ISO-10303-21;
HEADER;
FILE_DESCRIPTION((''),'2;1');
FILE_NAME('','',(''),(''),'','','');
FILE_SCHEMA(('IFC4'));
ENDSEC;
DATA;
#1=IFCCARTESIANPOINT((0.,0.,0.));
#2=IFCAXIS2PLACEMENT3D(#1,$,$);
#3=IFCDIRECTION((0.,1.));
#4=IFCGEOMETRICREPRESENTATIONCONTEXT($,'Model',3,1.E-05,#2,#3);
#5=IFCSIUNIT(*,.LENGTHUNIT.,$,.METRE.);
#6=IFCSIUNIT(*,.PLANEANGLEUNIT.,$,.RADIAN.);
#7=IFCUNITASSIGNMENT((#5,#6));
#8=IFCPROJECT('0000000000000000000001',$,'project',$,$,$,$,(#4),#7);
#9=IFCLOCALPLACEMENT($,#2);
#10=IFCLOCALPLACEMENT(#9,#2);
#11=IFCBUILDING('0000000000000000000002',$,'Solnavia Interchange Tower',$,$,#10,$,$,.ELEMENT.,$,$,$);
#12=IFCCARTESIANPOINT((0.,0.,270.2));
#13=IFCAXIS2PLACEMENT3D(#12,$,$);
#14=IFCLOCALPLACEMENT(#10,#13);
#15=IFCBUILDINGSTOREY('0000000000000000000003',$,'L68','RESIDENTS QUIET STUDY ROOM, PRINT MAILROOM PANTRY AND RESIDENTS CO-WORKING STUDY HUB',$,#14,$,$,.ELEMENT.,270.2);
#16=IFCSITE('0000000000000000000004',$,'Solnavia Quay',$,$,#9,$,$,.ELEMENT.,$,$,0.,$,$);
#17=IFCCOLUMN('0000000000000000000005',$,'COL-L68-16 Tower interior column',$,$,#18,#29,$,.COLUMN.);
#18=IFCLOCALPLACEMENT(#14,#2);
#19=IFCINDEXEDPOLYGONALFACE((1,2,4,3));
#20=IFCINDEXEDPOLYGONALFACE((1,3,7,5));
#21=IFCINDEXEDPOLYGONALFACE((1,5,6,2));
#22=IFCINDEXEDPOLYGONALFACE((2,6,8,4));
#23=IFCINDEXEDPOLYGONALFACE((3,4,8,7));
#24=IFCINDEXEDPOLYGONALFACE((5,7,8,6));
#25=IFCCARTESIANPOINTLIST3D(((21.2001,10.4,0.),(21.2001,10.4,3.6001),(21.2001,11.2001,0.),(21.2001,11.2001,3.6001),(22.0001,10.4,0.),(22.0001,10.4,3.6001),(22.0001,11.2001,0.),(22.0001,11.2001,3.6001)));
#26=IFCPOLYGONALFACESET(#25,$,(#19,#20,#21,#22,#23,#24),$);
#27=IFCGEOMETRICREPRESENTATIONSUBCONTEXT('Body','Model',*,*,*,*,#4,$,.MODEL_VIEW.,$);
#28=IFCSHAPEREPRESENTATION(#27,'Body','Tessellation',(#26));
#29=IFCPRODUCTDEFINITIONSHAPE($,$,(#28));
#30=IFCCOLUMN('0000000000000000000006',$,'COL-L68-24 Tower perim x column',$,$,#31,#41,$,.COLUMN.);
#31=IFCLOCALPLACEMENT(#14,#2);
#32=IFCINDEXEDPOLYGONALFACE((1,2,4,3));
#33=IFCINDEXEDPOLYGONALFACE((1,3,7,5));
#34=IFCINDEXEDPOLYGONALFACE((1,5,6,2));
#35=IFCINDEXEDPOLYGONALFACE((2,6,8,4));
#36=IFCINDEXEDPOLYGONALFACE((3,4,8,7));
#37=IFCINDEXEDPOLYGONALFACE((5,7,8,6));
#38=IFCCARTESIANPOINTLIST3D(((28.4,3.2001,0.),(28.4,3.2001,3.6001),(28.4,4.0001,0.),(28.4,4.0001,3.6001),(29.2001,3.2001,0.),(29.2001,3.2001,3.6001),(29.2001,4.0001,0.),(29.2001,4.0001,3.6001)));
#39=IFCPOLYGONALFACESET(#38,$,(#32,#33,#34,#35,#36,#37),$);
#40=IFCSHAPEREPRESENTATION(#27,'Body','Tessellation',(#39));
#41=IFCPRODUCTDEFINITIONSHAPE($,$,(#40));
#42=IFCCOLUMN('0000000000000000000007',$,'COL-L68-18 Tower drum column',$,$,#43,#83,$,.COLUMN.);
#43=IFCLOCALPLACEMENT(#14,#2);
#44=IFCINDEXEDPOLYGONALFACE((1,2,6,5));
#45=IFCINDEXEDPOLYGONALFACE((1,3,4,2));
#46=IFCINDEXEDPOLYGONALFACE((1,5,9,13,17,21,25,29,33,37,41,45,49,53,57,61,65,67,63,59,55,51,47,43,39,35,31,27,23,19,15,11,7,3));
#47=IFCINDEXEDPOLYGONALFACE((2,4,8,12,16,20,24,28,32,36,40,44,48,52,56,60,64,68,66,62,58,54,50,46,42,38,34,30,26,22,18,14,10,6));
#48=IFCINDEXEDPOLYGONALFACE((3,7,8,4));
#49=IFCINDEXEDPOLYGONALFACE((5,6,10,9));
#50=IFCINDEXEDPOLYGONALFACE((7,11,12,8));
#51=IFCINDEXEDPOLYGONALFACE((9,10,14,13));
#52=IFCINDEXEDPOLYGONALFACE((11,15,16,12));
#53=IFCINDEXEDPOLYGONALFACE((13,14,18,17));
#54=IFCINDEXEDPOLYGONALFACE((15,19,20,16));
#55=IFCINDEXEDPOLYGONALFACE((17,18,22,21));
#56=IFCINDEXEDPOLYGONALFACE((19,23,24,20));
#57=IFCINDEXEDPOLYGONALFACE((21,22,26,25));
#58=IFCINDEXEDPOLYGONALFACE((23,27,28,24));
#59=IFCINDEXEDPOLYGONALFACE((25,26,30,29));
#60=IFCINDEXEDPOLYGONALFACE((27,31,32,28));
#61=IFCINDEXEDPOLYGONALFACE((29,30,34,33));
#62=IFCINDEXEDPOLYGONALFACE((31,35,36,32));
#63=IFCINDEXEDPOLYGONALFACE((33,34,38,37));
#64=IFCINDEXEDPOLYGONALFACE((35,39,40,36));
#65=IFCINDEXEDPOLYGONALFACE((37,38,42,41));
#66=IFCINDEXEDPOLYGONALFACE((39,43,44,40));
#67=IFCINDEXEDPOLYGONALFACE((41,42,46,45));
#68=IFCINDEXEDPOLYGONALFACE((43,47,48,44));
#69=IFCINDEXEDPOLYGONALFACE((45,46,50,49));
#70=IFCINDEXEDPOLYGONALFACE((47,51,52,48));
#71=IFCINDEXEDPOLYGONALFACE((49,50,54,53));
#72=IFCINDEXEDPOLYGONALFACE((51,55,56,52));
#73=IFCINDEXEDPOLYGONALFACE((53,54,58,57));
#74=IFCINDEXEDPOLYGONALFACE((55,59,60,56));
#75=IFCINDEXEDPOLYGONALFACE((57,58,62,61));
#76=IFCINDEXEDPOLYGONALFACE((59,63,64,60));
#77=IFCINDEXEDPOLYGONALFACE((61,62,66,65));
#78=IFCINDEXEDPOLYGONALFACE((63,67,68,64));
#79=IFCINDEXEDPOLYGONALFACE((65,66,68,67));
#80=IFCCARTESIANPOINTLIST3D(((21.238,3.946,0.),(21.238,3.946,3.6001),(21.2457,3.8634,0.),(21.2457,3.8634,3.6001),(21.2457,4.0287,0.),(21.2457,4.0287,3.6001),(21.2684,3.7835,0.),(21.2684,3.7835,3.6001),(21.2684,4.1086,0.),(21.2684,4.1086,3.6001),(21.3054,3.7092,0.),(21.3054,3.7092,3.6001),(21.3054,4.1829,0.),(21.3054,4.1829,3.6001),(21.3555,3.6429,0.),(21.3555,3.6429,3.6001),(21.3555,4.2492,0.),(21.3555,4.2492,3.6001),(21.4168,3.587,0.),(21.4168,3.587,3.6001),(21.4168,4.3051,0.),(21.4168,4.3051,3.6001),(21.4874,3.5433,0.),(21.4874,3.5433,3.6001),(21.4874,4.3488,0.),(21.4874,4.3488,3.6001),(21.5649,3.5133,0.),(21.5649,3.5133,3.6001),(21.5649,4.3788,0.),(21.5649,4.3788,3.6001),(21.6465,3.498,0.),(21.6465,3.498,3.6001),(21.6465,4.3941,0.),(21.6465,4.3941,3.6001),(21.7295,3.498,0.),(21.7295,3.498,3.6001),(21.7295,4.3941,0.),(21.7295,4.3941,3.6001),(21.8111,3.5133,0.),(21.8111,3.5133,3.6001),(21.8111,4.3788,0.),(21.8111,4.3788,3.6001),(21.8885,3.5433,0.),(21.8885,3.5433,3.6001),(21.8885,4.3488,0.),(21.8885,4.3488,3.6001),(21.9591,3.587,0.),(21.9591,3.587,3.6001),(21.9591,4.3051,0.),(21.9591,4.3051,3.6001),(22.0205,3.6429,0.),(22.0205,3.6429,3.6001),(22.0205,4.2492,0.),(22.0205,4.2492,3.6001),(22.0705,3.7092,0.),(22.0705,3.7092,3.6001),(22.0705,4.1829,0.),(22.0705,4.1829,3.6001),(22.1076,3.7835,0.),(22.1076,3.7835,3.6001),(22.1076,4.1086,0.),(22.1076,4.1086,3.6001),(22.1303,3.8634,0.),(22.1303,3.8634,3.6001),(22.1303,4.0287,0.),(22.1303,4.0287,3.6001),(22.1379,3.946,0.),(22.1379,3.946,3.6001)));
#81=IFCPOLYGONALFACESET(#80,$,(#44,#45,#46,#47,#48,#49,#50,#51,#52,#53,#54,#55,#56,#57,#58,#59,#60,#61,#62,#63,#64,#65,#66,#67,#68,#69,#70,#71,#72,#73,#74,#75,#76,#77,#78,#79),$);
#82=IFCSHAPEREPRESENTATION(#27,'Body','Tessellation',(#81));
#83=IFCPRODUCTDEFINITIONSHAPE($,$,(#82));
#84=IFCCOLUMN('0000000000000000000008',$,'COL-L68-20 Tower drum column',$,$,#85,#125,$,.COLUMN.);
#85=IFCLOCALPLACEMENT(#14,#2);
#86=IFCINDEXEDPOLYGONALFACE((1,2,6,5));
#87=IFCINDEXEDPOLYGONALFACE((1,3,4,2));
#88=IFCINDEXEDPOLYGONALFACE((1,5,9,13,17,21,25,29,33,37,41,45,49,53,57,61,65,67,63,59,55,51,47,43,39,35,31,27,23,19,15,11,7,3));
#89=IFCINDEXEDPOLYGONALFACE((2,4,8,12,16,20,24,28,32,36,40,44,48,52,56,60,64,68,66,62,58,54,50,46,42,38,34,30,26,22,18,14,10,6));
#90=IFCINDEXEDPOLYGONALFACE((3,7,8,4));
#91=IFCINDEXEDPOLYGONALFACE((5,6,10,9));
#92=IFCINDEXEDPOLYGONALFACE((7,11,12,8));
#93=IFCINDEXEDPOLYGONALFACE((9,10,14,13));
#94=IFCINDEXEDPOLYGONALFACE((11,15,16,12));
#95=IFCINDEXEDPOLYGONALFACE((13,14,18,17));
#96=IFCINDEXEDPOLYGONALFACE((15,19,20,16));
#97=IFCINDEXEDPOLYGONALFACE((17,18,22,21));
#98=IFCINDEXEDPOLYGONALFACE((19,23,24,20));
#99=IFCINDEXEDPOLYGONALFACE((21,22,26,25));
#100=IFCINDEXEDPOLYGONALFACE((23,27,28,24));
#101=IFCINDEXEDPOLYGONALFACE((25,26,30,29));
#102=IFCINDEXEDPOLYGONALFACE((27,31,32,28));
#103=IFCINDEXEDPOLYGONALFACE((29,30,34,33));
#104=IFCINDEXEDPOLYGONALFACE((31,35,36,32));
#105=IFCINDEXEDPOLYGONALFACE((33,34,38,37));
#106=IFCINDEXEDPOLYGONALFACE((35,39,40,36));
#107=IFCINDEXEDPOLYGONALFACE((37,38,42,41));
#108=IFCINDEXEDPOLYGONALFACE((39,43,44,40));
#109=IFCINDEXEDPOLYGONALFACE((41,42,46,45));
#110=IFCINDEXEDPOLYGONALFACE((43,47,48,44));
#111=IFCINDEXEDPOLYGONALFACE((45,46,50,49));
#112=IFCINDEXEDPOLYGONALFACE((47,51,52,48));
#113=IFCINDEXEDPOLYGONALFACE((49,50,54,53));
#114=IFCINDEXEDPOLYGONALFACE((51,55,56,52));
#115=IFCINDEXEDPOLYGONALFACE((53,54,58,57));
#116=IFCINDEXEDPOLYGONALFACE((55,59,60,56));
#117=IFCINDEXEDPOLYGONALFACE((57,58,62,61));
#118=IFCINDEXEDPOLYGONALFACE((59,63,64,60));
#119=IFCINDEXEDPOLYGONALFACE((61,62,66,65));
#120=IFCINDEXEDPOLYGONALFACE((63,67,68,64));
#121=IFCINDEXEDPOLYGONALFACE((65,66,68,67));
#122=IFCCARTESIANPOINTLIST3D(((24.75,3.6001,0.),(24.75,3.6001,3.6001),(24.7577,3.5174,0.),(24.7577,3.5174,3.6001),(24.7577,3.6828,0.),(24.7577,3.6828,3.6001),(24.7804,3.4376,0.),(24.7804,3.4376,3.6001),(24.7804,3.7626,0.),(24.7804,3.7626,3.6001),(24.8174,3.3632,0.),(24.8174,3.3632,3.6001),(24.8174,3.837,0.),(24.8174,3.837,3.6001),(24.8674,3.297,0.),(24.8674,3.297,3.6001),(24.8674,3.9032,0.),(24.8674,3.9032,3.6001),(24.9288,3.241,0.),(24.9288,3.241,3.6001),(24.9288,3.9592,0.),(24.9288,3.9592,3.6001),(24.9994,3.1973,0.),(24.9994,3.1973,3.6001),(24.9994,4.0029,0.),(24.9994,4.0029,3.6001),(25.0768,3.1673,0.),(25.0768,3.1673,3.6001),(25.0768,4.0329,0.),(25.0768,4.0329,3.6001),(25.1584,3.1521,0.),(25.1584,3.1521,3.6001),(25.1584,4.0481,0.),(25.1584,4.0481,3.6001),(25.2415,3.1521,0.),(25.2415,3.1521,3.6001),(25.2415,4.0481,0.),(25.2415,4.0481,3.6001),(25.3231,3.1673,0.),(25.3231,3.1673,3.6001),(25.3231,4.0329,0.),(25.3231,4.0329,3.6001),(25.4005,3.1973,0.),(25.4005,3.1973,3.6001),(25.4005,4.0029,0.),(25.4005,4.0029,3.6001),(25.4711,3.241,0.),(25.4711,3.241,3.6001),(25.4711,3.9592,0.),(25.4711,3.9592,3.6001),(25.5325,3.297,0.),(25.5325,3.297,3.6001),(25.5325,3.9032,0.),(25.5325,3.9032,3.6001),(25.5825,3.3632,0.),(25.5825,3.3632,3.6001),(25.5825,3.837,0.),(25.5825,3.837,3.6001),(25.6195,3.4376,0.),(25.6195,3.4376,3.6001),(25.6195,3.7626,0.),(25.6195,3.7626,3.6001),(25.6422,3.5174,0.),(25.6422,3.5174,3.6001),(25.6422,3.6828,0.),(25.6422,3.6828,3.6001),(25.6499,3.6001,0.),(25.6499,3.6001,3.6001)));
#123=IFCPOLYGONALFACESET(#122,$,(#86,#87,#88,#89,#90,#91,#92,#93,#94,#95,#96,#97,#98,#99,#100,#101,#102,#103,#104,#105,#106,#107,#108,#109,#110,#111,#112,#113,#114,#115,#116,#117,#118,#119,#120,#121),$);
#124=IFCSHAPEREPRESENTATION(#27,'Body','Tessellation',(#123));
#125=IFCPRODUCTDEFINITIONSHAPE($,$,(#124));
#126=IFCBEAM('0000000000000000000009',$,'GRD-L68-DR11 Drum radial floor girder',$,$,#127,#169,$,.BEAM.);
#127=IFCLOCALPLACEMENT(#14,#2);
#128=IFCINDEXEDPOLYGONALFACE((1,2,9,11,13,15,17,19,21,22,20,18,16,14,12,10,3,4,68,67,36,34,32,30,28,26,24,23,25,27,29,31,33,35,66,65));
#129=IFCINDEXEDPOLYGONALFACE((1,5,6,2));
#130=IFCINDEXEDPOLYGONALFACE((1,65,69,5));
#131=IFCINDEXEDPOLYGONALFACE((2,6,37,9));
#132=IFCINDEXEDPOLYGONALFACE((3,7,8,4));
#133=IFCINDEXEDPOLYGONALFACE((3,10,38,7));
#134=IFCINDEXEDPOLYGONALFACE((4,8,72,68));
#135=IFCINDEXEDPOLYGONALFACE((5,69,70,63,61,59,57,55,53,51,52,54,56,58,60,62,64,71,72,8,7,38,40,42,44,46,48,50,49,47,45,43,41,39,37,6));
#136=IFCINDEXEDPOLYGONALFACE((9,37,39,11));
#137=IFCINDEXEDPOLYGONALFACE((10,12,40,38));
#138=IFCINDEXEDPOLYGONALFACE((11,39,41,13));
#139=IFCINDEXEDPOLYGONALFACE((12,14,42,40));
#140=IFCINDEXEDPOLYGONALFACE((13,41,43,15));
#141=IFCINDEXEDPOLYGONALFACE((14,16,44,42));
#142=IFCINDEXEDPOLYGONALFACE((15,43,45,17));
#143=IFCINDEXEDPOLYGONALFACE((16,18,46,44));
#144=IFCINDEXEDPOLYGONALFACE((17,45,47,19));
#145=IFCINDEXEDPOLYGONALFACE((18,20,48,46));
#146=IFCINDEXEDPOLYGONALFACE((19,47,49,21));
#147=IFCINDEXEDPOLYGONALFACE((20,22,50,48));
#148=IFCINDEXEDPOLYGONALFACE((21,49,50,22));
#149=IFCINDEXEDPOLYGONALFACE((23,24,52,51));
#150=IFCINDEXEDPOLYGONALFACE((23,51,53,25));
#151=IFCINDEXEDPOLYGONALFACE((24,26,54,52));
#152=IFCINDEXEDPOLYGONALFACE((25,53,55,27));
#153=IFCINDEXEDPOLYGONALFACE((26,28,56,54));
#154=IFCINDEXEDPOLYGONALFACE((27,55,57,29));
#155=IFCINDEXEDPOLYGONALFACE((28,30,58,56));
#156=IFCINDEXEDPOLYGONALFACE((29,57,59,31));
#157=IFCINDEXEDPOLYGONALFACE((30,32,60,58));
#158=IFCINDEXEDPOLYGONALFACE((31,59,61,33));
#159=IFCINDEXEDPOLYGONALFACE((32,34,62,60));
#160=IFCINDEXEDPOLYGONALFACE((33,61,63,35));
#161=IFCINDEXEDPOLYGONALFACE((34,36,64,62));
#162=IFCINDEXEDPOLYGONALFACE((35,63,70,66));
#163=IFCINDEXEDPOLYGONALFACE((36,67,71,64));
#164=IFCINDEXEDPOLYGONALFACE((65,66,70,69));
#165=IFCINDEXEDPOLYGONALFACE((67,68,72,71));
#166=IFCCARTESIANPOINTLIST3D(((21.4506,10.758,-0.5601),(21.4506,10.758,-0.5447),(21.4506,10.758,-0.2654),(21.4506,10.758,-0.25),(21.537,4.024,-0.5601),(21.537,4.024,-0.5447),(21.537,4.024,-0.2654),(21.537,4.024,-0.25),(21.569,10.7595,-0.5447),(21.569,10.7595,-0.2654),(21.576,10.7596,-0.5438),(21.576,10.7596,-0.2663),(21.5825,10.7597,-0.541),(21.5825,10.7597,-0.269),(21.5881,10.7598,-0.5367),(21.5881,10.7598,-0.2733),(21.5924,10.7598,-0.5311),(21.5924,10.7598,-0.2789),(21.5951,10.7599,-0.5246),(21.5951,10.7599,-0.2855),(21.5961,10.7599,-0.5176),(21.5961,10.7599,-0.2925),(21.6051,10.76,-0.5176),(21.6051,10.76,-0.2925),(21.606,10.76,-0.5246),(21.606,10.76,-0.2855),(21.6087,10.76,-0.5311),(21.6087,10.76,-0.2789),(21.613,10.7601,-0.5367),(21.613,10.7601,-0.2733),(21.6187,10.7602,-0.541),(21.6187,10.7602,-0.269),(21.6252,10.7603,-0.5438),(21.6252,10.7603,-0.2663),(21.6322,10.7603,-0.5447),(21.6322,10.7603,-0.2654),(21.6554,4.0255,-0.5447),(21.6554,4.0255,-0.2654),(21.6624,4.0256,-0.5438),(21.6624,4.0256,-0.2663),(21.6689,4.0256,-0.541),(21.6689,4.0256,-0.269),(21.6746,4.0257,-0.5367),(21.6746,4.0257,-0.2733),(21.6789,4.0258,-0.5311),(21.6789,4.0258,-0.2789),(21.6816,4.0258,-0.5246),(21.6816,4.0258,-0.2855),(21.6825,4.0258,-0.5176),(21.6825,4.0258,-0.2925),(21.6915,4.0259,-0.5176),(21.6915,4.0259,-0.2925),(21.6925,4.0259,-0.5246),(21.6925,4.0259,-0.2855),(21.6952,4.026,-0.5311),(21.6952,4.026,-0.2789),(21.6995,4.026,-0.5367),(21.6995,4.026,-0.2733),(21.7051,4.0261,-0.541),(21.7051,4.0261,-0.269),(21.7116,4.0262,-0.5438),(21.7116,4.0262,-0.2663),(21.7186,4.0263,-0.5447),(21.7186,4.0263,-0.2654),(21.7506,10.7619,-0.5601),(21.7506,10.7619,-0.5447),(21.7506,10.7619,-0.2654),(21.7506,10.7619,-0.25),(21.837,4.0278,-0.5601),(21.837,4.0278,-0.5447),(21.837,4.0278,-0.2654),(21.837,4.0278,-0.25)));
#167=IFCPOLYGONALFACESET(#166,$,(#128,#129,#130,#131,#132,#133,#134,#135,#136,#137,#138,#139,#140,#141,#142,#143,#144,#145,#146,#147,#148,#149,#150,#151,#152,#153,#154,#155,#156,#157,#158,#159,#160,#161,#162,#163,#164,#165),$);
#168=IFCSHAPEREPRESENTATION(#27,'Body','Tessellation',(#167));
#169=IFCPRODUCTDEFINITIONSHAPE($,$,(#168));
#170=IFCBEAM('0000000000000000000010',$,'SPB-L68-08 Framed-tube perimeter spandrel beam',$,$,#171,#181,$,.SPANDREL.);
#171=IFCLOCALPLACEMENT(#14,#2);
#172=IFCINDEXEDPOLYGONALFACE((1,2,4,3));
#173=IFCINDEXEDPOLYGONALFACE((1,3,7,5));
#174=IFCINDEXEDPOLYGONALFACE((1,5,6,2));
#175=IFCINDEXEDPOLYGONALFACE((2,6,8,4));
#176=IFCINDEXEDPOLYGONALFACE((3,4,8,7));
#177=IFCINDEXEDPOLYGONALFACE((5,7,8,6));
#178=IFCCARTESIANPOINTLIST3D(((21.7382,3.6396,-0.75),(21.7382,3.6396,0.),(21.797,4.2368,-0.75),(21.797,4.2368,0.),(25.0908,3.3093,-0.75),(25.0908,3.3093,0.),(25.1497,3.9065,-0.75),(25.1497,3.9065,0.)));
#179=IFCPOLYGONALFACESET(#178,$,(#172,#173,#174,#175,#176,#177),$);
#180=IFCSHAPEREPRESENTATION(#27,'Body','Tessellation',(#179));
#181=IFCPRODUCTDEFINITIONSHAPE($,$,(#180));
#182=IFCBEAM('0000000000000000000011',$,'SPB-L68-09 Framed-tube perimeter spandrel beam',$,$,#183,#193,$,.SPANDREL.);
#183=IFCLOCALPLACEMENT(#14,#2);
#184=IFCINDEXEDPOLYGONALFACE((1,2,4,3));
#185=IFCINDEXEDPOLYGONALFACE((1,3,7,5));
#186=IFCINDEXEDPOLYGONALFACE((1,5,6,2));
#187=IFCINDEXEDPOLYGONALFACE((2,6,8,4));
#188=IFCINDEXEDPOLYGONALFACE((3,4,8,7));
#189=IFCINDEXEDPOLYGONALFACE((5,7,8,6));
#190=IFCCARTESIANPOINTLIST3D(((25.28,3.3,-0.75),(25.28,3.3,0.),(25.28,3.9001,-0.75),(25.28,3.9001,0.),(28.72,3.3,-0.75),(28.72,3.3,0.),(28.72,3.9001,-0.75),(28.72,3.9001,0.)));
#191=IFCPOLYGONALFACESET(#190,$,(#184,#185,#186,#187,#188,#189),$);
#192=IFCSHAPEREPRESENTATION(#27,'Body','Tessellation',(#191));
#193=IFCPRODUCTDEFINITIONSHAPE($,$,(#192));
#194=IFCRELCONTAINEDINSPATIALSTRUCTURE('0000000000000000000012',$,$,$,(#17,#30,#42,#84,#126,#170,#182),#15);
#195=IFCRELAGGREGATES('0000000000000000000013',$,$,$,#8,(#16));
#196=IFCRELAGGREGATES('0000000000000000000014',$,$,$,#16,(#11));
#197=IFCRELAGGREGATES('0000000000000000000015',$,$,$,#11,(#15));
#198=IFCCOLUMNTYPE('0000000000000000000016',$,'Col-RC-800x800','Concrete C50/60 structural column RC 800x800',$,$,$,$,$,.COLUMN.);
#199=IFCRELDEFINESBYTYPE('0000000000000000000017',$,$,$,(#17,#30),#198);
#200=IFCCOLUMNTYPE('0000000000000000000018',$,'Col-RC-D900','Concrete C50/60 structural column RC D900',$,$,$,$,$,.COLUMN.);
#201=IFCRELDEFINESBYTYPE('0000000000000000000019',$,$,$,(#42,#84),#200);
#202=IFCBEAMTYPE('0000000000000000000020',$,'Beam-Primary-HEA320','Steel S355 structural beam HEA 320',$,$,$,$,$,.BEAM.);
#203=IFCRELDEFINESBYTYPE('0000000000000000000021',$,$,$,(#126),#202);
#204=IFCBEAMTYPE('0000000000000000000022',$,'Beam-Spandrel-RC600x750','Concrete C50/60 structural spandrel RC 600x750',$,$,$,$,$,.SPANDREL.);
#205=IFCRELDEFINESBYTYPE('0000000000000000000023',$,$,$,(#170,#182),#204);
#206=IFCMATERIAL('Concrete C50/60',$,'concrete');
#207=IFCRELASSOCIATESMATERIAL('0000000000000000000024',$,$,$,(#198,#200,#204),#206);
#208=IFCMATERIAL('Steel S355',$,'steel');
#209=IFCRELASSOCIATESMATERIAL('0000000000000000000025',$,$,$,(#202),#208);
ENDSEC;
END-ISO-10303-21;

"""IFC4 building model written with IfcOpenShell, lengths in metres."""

from ifc_helpers import new_model, si_unit, direction, frame, origin, origin_2d, place, context, subcontext, project, spatial, rectangle, circle, i_section, extrude, material, material_profile, profile_set, type_object, element, save


model = new_model("IFC4")

# Units and contexts
model_context = context("Model", 3, precision=1e-05, world=origin(), true_north=direction((0.0, 1.0)))
body_context = subcontext(model_context, "Body", "Model", "MODEL_VIEW")
ifc_project = project(units=[si_unit("LENGTHUNIT", "METRE"), si_unit("PLANEANGLEUNIT", "RADIAN")], contexts=[model_context])

# Site, building, storey
site_placement = place(None, origin())
site = spatial("IfcSite", under=ifc_project, at=site_placement, Name="Solnavia Quay", CompositionType="ELEMENT", RefElevation=0.0)
building_placement = place(site_placement, origin())
building = spatial("IfcBuilding", under=site, at=building_placement, Name="Solnavia Interchange Tower", CompositionType="ELEMENT")
storey_placement = place(building_placement, frame((0.0, 0.0, 270.2)))
storey = spatial("IfcBuildingStorey", under=building, at=storey_placement, Name="L68", Description="RESIDENTS QUIET STUDY ROOM, PRINT MAILROOM PANTRY AND RESIDENTS CO-WORKING STUDY HUB", CompositionType="ELEMENT", Elevation=270.2)

# Columns
ifc_material_1 = material(Name="Concrete C50/60", Category="concrete")
ifc_material_profile_1 = material_profile(ifc_material_1, rectangle(XDim=0.8, YDim=0.8, at=origin_2d()), Name="RC 800x800")
ifc_profile_set_1 = profile_set([ifc_material_profile_1], Name="Concrete C50/60")
column_type_1 = type_object("IfcColumnType", Name="Col-RC-800x800", Description="Concrete C50/60 structural column RC 800x800", PredefinedType="COLUMN", material=ifc_profile_set_1)
for number, where, z_axis, x_axis, name in (
    (1, (21.6001, 10.8, 0.0), (0.0, 0.0, 1.0), (1.0, 0.0, 0.0), "COL-L68-16 Tower interior column"),
    (2, (28.8, 3.6001, 0.0), (0.0, 0.0, 1.0), (1.0, 0.0, 0.0), "COL-L68-24 Tower perim x column"),
):
    element("IfcColumn", number, at=place(storey_placement, frame(where, z_axis=z_axis, x_axis=x_axis)), inside=storey, type_object=column_type_1, Name=name, PredefinedType="COLUMN", context=body_context, shape_type="SweptSolid", body=[
        extrude(rectangle(XDim=0.8, YDim=0.8, at=origin_2d()), origin(), (0.0, 0.0, 1.0), 3.6001),
    ])
ifc_material_profile_2 = material_profile(ifc_material_1, circle(Radius=0.45, at=origin_2d()), Name="RC D900")
ifc_profile_set_2 = profile_set([ifc_material_profile_2], Name="Concrete C50/60")
column_type_2 = type_object("IfcColumnType", Name="Col-RC-D900", Description="Concrete C50/60 structural column RC D900", PredefinedType="COLUMN", material=ifc_profile_set_2)
for number, where, z_axis, x_axis, name in (
    (3, (21.688, 3.946, 0.0), (0.0, 0.0, 1.0), (1.0, 0.0, 0.0), "COL-L68-18 Tower drum column"),
    (4, (25.2, 3.6001, 0.0), (0.0, 0.0, 1.0), (1.0, 0.0, 0.0), "COL-L68-20 Tower drum column"),
):
    element("IfcColumn", number, at=place(storey_placement, frame(where, z_axis=z_axis, x_axis=x_axis)), inside=storey, type_object=column_type_2, Name=name, PredefinedType="COLUMN", context=body_context, shape_type="SweptSolid", body=[
        extrude(circle(Radius=0.45, at=origin_2d()), origin(), (0.0, 0.0, 1.0), 3.6001),
    ])

# Beams
ifc_material_2 = material(Name="Steel S355", Category="steel")
ifc_material_profile_3 = material_profile(ifc_material_2, i_section(OverallWidth=0.3, OverallDepth=0.3101, WebThickness=0.009, FlangeThickness=0.0154, FilletRadius=0.0271, at=origin_2d()), Name="HEA 320")
ifc_profile_set_3 = profile_set([ifc_material_profile_3], Name="Steel S355")
beam_type_1 = type_object("IfcBeamType", Name="Beam-Primary-HEA320", Description="Steel S355 structural beam HEA 320", PredefinedType="BEAM", material=ifc_profile_set_3)
beam_1_placement = place(storey_placement, frame((21.687, 4.0259, -0.405), z_axis=(-0.012833, 0.999918, 0.0), x_axis=(-0.999918, -0.012833, 0.0)))
element("IfcBeam", 5, at=beam_1_placement, inside=storey, type_object=beam_type_1, Name="GRD-L68-DR11 Drum radial floor girder", PredefinedType="BEAM", context=body_context, shape_type="SweptSolid", body=[
    extrude(i_section(OverallWidth=0.3, OverallDepth=0.3101, WebThickness=0.009, FlangeThickness=0.0154, FilletRadius=0.0271, at=origin_2d()), origin(), (0.0, 0.0, 1.0), 6.7346),
])
ifc_material_profile_4 = material_profile(ifc_material_1, rectangle(XDim=0.6001, YDim=0.75, at=origin_2d()), Name="RC 600x750")
ifc_profile_set_4 = profile_set([ifc_material_profile_4], Name="Concrete C50/60")
beam_type_2 = type_object("IfcBeamType", Name="Beam-Spandrel-RC600x750", Description="Concrete C50/60 structural spandrel RC 600x750", PredefinedType="SPANDREL", material=ifc_profile_set_4)
beam_2_placement = place(storey_placement, frame((21.7676, 3.9382, -0.375), z_axis=(0.995182, -0.098047, 0.0), x_axis=(0.098047, 0.995182, 0.0)))
element("IfcBeam", 6, at=beam_2_placement, inside=storey, type_object=beam_type_2, Name="SPB-L68-08 Framed-tube perimeter spandrel beam", PredefinedType="SPANDREL", context=body_context, shape_type="SweptSolid", body=[
    extrude(rectangle(XDim=0.6001, YDim=0.75, at=origin_2d()), origin(), (0.0, 0.0, 1.0), 3.3689),
])
beam_3_placement = place(storey_placement, frame((25.28, 3.6001, -0.375), z_axis=(1.0, 0.0, 0.0), x_axis=(0.0, 1.0, 0.0)))
element("IfcBeam", 7, at=beam_3_placement, inside=storey, type_object=beam_type_2, Name="SPB-L68-09 Framed-tube perimeter spandrel beam", PredefinedType="SPANDREL", context=body_context, shape_type="SweptSolid", body=[
    extrude(rectangle(XDim=0.6001, YDim=0.75, at=origin_2d()), origin(), (0.0, 0.0, 1.0), 3.4399),
])

save(model, "model.ifc")
